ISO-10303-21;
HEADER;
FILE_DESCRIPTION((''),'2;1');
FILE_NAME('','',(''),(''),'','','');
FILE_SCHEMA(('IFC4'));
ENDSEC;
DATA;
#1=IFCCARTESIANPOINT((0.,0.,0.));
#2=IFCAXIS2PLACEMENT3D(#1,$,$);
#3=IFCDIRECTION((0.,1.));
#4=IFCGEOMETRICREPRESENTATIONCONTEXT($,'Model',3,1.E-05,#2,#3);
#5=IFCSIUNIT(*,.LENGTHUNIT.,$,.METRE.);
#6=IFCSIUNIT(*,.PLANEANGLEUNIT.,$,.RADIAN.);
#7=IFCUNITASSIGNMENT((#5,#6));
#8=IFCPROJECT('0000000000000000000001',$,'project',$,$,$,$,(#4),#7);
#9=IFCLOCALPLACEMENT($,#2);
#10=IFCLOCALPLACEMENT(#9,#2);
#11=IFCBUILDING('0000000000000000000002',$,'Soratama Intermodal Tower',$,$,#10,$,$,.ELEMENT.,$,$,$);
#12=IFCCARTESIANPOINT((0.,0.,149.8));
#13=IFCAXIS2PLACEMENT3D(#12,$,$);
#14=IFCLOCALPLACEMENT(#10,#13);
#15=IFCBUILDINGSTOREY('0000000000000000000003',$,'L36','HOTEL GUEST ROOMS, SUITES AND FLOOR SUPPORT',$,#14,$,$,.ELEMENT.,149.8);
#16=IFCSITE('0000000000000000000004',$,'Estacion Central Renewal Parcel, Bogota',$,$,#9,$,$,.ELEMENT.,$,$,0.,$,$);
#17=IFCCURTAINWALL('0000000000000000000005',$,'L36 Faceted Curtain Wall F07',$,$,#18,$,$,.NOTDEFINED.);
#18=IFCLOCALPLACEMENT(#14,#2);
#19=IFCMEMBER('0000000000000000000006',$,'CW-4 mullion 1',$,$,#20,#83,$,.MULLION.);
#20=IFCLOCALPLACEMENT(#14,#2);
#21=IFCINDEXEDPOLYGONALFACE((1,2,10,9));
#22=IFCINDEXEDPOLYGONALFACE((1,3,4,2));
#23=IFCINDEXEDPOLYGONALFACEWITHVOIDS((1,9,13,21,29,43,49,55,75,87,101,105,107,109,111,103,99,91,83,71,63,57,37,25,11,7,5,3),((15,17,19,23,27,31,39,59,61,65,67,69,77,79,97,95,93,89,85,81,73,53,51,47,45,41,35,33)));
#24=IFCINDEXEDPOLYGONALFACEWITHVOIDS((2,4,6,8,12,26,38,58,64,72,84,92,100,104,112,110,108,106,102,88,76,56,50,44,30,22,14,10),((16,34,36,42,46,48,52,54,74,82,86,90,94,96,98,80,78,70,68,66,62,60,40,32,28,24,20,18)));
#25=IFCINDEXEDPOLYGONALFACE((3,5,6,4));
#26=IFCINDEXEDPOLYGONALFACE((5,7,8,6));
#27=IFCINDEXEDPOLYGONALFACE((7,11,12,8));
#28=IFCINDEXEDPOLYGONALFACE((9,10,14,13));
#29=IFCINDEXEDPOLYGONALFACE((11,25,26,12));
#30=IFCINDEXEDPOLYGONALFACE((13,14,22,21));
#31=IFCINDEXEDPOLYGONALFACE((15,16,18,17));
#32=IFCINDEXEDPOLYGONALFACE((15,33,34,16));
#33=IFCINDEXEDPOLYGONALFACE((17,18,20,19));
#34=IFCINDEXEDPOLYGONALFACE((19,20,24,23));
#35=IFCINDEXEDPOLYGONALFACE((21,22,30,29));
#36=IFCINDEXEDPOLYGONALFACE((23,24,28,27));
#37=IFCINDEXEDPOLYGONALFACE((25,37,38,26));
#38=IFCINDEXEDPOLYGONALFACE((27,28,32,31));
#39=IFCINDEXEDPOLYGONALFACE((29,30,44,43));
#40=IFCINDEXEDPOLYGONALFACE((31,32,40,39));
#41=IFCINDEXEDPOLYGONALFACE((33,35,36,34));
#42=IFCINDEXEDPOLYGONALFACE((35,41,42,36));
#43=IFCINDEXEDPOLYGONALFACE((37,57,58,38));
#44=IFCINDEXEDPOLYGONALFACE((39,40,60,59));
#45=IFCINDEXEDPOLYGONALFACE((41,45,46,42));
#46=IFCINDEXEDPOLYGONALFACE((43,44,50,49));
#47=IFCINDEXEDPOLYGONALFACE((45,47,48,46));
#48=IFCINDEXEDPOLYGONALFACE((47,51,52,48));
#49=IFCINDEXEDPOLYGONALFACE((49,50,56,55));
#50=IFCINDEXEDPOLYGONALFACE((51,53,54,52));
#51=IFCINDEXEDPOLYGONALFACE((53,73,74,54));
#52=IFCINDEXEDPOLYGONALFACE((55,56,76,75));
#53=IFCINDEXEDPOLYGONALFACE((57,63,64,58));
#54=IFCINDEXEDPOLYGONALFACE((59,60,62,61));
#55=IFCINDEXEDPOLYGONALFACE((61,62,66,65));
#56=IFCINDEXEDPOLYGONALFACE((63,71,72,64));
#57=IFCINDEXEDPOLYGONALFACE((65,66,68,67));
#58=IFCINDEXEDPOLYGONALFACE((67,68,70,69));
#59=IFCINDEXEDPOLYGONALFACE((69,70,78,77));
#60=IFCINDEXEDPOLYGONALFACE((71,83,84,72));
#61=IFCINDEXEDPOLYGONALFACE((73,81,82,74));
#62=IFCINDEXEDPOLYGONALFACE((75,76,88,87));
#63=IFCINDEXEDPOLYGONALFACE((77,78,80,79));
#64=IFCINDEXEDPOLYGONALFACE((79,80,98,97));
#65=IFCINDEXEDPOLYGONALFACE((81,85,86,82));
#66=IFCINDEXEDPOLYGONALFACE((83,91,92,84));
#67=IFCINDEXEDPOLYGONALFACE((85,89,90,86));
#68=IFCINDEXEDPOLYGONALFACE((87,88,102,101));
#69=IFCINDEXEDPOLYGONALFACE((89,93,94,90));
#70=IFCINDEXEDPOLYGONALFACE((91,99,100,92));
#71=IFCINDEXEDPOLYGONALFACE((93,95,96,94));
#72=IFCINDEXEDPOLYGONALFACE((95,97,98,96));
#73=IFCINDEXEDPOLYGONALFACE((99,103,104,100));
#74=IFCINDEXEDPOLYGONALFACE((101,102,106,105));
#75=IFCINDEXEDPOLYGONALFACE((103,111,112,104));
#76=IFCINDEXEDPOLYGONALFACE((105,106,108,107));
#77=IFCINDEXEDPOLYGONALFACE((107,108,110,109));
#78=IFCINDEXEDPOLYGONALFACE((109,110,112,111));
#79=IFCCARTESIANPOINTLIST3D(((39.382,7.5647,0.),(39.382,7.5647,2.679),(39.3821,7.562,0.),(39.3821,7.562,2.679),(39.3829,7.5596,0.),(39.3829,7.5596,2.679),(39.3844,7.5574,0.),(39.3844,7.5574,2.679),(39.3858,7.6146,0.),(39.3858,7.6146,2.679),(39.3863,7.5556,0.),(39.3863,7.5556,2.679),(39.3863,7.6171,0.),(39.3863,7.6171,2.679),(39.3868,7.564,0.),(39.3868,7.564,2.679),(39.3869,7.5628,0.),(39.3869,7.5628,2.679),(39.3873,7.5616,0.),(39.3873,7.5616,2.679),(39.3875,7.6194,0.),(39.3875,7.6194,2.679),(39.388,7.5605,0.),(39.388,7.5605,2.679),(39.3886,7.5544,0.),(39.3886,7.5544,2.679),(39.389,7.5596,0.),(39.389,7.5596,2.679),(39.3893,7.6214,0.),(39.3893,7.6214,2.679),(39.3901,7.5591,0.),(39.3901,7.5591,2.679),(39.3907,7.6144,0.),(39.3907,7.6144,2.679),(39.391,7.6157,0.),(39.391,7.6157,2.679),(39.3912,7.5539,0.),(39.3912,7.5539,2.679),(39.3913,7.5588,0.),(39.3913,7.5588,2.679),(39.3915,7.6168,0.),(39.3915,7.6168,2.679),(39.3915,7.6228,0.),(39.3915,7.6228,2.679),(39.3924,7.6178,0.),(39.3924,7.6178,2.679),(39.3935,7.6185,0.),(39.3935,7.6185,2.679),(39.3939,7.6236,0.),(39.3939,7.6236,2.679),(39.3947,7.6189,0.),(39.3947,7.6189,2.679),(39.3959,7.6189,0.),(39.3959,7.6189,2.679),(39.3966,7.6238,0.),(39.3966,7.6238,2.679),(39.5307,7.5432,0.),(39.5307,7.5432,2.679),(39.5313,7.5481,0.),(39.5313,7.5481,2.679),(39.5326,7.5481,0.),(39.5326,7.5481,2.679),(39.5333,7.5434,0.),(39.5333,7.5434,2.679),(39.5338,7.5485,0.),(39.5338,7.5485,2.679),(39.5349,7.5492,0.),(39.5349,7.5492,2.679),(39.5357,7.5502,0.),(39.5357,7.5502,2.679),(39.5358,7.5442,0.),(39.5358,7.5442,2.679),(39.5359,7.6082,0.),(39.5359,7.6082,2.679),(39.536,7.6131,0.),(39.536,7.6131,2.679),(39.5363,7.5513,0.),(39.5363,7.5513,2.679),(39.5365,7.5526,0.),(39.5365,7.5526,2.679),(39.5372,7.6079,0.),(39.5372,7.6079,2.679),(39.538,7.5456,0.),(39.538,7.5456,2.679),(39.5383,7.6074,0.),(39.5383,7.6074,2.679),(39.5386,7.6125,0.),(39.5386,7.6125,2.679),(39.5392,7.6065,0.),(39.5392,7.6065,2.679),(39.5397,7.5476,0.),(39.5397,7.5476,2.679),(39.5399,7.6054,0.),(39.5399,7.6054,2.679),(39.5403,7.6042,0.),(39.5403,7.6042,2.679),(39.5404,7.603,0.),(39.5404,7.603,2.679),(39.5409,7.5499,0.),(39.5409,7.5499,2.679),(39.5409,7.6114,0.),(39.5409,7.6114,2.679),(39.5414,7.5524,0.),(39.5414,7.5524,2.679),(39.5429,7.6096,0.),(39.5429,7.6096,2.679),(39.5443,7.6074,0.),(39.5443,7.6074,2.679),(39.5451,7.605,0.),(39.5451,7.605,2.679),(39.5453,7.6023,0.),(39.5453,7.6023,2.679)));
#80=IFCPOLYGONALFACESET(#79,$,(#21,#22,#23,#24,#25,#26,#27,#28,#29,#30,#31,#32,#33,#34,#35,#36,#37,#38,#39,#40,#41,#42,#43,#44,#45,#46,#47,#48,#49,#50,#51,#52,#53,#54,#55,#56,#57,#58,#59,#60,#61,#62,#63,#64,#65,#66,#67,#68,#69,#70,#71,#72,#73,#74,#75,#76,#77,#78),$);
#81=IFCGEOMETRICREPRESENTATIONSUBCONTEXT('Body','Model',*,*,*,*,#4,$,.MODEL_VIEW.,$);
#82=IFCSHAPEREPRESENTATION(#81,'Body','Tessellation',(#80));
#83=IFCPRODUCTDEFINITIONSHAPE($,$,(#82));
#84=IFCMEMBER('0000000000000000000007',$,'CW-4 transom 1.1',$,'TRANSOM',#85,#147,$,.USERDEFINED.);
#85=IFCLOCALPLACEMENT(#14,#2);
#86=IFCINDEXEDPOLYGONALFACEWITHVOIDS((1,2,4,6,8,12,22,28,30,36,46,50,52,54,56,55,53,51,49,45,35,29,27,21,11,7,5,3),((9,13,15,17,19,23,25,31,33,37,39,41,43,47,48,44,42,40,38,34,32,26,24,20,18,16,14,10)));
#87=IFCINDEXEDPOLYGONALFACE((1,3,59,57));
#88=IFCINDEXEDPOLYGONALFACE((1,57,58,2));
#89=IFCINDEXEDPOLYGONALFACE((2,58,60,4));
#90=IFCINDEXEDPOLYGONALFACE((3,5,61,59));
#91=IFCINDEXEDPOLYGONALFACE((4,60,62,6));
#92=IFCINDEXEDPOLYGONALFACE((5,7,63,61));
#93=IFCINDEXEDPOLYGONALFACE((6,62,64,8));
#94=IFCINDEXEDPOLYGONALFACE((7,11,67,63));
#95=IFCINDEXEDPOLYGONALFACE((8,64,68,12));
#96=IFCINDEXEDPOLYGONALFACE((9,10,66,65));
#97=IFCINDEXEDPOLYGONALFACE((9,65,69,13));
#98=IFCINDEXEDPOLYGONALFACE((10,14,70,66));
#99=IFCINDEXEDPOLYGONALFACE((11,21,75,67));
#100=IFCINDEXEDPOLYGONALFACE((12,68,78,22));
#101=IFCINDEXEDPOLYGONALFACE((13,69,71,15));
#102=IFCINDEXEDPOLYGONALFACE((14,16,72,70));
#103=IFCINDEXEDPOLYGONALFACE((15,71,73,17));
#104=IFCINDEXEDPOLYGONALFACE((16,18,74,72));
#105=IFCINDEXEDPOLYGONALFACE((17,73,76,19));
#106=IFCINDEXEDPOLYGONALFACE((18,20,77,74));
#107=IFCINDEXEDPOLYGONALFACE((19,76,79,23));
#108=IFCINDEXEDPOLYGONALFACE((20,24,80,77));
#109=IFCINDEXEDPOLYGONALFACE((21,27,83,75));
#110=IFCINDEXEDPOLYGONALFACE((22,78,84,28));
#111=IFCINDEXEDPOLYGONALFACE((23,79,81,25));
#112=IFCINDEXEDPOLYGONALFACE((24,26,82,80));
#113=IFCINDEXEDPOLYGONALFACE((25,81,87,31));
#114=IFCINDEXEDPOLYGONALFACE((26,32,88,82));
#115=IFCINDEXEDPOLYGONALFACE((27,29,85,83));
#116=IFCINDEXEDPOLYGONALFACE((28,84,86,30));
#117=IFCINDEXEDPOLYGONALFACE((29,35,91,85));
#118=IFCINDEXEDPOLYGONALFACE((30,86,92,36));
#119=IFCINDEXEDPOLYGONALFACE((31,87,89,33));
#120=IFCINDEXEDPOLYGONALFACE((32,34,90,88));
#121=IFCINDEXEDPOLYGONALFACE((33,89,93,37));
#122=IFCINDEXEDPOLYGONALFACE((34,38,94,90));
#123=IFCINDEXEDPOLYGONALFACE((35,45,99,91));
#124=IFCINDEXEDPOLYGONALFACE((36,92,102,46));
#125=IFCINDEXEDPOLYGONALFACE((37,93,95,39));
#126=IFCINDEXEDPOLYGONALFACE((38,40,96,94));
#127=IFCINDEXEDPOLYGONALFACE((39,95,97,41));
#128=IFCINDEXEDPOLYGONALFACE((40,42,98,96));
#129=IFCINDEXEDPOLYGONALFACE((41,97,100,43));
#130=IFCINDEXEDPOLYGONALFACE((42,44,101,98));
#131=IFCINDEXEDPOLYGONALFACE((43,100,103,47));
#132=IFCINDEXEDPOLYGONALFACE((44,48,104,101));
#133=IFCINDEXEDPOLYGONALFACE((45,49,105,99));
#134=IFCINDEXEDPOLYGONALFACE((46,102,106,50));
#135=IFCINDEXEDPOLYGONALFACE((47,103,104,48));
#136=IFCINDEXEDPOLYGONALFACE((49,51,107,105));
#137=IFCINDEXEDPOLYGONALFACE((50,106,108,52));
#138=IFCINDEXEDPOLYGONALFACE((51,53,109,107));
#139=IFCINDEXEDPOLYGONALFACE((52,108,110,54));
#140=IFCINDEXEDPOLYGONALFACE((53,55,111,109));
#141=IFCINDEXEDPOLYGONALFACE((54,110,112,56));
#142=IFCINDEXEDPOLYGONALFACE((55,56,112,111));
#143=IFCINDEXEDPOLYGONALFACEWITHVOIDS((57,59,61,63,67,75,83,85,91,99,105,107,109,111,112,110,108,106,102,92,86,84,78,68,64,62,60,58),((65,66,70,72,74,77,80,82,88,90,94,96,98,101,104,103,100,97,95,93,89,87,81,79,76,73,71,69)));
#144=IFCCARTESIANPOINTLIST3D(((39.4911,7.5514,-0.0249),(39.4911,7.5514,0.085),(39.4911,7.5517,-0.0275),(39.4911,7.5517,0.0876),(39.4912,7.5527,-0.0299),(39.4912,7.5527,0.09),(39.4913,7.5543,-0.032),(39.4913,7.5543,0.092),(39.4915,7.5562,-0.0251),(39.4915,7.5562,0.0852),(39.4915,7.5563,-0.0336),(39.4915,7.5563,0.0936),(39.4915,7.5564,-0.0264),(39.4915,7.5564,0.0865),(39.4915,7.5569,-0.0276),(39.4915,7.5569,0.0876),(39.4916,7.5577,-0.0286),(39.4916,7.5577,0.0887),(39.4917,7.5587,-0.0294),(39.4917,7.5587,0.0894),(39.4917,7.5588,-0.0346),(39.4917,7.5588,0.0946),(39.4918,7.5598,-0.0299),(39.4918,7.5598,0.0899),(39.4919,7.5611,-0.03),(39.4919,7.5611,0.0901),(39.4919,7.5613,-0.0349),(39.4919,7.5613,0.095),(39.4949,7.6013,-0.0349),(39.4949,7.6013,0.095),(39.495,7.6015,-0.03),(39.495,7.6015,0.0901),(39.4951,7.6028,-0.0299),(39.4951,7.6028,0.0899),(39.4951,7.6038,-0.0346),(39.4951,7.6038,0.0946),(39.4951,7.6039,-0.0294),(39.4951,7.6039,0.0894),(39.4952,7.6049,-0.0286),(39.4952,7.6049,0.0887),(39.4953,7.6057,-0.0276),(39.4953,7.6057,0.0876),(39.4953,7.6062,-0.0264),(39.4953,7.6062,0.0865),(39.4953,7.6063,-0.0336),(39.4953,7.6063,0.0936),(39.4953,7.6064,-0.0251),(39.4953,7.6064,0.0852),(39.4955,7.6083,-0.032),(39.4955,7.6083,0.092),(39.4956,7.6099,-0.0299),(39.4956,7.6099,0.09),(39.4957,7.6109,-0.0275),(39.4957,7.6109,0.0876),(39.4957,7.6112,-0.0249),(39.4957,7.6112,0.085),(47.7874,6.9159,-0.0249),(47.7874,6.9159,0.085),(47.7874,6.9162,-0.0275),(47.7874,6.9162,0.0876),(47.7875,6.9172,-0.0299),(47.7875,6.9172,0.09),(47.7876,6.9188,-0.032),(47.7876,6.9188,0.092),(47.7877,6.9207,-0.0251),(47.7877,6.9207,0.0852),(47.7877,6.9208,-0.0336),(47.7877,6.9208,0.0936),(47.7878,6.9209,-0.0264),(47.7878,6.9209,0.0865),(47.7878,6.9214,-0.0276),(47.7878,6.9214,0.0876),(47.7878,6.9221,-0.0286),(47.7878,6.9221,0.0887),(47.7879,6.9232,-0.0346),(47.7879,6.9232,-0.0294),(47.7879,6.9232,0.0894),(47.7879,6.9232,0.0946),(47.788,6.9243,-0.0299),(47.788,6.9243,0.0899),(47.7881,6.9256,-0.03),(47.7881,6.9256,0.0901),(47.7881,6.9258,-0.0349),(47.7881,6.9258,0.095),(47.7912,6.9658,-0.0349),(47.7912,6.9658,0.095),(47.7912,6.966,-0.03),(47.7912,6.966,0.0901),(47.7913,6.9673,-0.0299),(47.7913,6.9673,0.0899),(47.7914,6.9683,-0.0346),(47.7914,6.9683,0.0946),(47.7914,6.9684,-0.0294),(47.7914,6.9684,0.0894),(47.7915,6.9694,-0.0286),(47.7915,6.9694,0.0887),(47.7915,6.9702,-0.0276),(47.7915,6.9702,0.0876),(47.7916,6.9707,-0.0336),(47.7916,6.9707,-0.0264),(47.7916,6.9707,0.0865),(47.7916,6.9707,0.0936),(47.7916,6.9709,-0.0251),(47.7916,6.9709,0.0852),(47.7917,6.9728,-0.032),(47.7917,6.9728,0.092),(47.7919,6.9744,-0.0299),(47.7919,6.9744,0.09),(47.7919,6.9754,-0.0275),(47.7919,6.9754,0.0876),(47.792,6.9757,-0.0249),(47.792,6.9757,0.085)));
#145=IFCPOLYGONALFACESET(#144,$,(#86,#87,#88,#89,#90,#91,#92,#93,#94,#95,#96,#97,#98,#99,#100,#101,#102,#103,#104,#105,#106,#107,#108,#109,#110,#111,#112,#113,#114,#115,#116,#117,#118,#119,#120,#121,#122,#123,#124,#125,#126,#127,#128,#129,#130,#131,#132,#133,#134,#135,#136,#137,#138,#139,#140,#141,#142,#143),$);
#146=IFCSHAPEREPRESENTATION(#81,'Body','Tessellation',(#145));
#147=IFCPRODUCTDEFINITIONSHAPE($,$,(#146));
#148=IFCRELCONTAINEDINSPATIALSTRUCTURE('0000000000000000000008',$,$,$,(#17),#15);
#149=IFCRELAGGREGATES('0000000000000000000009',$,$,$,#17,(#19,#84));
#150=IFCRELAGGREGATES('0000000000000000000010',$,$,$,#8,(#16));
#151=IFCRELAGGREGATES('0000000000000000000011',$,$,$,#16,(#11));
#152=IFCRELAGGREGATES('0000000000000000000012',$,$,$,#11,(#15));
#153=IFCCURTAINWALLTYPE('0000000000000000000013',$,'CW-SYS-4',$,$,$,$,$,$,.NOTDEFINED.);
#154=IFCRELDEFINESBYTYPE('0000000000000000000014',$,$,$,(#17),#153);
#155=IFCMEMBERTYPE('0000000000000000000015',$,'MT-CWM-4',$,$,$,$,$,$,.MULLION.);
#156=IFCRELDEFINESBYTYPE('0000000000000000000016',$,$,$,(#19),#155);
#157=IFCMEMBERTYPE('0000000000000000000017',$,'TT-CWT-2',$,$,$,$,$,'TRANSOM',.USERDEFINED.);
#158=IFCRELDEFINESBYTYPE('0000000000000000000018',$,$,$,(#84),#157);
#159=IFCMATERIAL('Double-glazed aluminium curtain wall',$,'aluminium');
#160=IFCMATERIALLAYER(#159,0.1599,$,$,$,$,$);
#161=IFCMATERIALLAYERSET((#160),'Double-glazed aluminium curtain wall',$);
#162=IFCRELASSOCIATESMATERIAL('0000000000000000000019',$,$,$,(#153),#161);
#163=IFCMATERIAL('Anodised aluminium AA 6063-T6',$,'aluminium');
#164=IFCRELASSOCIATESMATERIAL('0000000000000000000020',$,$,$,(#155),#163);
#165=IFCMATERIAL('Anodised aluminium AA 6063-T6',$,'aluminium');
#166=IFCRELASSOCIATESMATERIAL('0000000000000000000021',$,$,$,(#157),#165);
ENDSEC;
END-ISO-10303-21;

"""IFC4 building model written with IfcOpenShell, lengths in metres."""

from ifc_helpers import new_model, si_unit, direction, frame, origin, origin_2d, place, context, subcontext, project, spatial, hollow_rectangle, extrude, material, layer, layer_set, material_profile, profile_set, type_object, element, aggregate, save


model = new_model("IFC4")

# Units and contexts
model_context = context("Model", 3, precision=1e-05, world=origin(), true_north=direction((0.0, 1.0)))
body_context = subcontext(model_context, "Body", "Model", "MODEL_VIEW")
ifc_project = project(units=[si_unit("LENGTHUNIT", "METRE"), si_unit("PLANEANGLEUNIT", "RADIAN")], contexts=[model_context])

# Site, building, storey
site_placement = place(None, origin())
site = spatial("IfcSite", under=ifc_project, at=site_placement, Name="Estacion Central Renewal Parcel, Bogota", CompositionType="ELEMENT", RefElevation=0.0)
building_placement = place(site_placement, origin())
building = spatial("IfcBuilding", under=site, at=building_placement, Name="Soratama Intermodal Tower", CompositionType="ELEMENT")
storey_placement = place(building_placement, frame((0.0, 0.0, 149.8)))
storey = spatial("IfcBuildingStorey", under=building, at=storey_placement, Name="L36", Description="HOTEL GUEST ROOMS, SUITES AND FLOOR SUPPORT", CompositionType="ELEMENT", Elevation=149.8)

# Shared definitions
ifc_material_1 = material(Name="Double-glazed aluminium curtain wall", Category="aluminium")
ifc_layer_1 = layer(ifc_material_1, 0.1599)
ifc_layer_set_1 = layer_set([ifc_layer_1], Name="Double-glazed aluminium curtain wall")
curtain_wall_type = type_object("IfcCurtainWallType", Name="CW-SYS-4", PredefinedType="NOTDEFINED", material=ifc_layer_set_1)
ifc_material_2 = material(Name="Anodised aluminium AA 6063-T6", Category="aluminium")
ifc_material_profile_1 = material_profile(ifc_material_2, hollow_rectangle(XDim=0.0701, YDim=0.1599, WallThickness=0.0049, InnerFilletRadius=0.0049, OuterFilletRadius=0.01, at=origin_2d()), Name="CWM160X70X5")
ifc_profile_set_1 = profile_set([ifc_material_profile_1], Name="Anodised aluminium AA 6063-T6")
member_type_1 = type_object("IfcMemberType", Name="MT-CWM-4", PredefinedType="MULLION", material=ifc_profile_set_1)

# Curtain wall, members
curtain_wall_1_placement = place(storey_placement, origin())
curtain_wall_1 = element("IfcCurtainWall", 1, at=curtain_wall_1_placement, inside=storey, type_object=curtain_wall_type, Name="L36 Faceted Curtain Wall F07", PredefinedType="NOTDEFINED")
member_1_placement = place(storey_placement, frame((39.4636, 7.5835, 0.0), z_axis=(0.0, 0.0, 1.0), x_axis=(0.07637, 0.99708, 0.0)))
member_1 = element("IfcMember", 2, at=member_1_placement, type_object=member_type_1, Name="CW-4 mullion 1", PredefinedType="MULLION", context=body_context, shape_type="SweptSolid", body=[
    extrude(hollow_rectangle(XDim=0.0701, YDim=0.1599, WallThickness=0.0049, InnerFilletRadius=0.0049, OuterFilletRadius=0.01, at=origin_2d()), origin(), (0.0, 0.0, 1.0), 2.679),
])
ifc_material_3 = material(Name="Anodised aluminium AA 6063-T6", Category="aluminium")
ifc_material_profile_2 = material_profile(ifc_material_3, hollow_rectangle(XDim=0.0601, YDim=0.1299, WallThickness=0.0049, InnerFilletRadius=0.0049, OuterFilletRadius=0.01, at=origin_2d()), Name="CWT130X60X5")
ifc_profile_set_2 = profile_set([ifc_material_profile_2], Name="Anodised aluminium AA 6063-T6")
member_type_2 = type_object("IfcMemberType", Name="TT-CWT-2", ElementType="TRANSOM", PredefinedType="USERDEFINED", material=ifc_profile_set_2)
member_2_placement = place(storey_placement, frame((39.4934, 7.5813, 0.03), z_axis=(0.997079, -0.076378, 0.0), x_axis=(0.076378, 0.997079, 0.0)))
member_2 = element("IfcMember", 3, at=member_2_placement, type_object=member_type_2, Name="CW-4 transom 1.1", ObjectType="TRANSOM", PredefinedType="USERDEFINED", context=body_context, shape_type="SweptSolid", body=[
    extrude(hollow_rectangle(XDim=0.0601, YDim=0.1299, WallThickness=0.0049, InnerFilletRadius=0.0049, OuterFilletRadius=0.01, at=origin_2d()), origin(), (0.0, 0.0, 1.0), 8.3206),
])
aggregate(curtain_wall_1, [member_1, member_2])

save(model, "model.ifc")
